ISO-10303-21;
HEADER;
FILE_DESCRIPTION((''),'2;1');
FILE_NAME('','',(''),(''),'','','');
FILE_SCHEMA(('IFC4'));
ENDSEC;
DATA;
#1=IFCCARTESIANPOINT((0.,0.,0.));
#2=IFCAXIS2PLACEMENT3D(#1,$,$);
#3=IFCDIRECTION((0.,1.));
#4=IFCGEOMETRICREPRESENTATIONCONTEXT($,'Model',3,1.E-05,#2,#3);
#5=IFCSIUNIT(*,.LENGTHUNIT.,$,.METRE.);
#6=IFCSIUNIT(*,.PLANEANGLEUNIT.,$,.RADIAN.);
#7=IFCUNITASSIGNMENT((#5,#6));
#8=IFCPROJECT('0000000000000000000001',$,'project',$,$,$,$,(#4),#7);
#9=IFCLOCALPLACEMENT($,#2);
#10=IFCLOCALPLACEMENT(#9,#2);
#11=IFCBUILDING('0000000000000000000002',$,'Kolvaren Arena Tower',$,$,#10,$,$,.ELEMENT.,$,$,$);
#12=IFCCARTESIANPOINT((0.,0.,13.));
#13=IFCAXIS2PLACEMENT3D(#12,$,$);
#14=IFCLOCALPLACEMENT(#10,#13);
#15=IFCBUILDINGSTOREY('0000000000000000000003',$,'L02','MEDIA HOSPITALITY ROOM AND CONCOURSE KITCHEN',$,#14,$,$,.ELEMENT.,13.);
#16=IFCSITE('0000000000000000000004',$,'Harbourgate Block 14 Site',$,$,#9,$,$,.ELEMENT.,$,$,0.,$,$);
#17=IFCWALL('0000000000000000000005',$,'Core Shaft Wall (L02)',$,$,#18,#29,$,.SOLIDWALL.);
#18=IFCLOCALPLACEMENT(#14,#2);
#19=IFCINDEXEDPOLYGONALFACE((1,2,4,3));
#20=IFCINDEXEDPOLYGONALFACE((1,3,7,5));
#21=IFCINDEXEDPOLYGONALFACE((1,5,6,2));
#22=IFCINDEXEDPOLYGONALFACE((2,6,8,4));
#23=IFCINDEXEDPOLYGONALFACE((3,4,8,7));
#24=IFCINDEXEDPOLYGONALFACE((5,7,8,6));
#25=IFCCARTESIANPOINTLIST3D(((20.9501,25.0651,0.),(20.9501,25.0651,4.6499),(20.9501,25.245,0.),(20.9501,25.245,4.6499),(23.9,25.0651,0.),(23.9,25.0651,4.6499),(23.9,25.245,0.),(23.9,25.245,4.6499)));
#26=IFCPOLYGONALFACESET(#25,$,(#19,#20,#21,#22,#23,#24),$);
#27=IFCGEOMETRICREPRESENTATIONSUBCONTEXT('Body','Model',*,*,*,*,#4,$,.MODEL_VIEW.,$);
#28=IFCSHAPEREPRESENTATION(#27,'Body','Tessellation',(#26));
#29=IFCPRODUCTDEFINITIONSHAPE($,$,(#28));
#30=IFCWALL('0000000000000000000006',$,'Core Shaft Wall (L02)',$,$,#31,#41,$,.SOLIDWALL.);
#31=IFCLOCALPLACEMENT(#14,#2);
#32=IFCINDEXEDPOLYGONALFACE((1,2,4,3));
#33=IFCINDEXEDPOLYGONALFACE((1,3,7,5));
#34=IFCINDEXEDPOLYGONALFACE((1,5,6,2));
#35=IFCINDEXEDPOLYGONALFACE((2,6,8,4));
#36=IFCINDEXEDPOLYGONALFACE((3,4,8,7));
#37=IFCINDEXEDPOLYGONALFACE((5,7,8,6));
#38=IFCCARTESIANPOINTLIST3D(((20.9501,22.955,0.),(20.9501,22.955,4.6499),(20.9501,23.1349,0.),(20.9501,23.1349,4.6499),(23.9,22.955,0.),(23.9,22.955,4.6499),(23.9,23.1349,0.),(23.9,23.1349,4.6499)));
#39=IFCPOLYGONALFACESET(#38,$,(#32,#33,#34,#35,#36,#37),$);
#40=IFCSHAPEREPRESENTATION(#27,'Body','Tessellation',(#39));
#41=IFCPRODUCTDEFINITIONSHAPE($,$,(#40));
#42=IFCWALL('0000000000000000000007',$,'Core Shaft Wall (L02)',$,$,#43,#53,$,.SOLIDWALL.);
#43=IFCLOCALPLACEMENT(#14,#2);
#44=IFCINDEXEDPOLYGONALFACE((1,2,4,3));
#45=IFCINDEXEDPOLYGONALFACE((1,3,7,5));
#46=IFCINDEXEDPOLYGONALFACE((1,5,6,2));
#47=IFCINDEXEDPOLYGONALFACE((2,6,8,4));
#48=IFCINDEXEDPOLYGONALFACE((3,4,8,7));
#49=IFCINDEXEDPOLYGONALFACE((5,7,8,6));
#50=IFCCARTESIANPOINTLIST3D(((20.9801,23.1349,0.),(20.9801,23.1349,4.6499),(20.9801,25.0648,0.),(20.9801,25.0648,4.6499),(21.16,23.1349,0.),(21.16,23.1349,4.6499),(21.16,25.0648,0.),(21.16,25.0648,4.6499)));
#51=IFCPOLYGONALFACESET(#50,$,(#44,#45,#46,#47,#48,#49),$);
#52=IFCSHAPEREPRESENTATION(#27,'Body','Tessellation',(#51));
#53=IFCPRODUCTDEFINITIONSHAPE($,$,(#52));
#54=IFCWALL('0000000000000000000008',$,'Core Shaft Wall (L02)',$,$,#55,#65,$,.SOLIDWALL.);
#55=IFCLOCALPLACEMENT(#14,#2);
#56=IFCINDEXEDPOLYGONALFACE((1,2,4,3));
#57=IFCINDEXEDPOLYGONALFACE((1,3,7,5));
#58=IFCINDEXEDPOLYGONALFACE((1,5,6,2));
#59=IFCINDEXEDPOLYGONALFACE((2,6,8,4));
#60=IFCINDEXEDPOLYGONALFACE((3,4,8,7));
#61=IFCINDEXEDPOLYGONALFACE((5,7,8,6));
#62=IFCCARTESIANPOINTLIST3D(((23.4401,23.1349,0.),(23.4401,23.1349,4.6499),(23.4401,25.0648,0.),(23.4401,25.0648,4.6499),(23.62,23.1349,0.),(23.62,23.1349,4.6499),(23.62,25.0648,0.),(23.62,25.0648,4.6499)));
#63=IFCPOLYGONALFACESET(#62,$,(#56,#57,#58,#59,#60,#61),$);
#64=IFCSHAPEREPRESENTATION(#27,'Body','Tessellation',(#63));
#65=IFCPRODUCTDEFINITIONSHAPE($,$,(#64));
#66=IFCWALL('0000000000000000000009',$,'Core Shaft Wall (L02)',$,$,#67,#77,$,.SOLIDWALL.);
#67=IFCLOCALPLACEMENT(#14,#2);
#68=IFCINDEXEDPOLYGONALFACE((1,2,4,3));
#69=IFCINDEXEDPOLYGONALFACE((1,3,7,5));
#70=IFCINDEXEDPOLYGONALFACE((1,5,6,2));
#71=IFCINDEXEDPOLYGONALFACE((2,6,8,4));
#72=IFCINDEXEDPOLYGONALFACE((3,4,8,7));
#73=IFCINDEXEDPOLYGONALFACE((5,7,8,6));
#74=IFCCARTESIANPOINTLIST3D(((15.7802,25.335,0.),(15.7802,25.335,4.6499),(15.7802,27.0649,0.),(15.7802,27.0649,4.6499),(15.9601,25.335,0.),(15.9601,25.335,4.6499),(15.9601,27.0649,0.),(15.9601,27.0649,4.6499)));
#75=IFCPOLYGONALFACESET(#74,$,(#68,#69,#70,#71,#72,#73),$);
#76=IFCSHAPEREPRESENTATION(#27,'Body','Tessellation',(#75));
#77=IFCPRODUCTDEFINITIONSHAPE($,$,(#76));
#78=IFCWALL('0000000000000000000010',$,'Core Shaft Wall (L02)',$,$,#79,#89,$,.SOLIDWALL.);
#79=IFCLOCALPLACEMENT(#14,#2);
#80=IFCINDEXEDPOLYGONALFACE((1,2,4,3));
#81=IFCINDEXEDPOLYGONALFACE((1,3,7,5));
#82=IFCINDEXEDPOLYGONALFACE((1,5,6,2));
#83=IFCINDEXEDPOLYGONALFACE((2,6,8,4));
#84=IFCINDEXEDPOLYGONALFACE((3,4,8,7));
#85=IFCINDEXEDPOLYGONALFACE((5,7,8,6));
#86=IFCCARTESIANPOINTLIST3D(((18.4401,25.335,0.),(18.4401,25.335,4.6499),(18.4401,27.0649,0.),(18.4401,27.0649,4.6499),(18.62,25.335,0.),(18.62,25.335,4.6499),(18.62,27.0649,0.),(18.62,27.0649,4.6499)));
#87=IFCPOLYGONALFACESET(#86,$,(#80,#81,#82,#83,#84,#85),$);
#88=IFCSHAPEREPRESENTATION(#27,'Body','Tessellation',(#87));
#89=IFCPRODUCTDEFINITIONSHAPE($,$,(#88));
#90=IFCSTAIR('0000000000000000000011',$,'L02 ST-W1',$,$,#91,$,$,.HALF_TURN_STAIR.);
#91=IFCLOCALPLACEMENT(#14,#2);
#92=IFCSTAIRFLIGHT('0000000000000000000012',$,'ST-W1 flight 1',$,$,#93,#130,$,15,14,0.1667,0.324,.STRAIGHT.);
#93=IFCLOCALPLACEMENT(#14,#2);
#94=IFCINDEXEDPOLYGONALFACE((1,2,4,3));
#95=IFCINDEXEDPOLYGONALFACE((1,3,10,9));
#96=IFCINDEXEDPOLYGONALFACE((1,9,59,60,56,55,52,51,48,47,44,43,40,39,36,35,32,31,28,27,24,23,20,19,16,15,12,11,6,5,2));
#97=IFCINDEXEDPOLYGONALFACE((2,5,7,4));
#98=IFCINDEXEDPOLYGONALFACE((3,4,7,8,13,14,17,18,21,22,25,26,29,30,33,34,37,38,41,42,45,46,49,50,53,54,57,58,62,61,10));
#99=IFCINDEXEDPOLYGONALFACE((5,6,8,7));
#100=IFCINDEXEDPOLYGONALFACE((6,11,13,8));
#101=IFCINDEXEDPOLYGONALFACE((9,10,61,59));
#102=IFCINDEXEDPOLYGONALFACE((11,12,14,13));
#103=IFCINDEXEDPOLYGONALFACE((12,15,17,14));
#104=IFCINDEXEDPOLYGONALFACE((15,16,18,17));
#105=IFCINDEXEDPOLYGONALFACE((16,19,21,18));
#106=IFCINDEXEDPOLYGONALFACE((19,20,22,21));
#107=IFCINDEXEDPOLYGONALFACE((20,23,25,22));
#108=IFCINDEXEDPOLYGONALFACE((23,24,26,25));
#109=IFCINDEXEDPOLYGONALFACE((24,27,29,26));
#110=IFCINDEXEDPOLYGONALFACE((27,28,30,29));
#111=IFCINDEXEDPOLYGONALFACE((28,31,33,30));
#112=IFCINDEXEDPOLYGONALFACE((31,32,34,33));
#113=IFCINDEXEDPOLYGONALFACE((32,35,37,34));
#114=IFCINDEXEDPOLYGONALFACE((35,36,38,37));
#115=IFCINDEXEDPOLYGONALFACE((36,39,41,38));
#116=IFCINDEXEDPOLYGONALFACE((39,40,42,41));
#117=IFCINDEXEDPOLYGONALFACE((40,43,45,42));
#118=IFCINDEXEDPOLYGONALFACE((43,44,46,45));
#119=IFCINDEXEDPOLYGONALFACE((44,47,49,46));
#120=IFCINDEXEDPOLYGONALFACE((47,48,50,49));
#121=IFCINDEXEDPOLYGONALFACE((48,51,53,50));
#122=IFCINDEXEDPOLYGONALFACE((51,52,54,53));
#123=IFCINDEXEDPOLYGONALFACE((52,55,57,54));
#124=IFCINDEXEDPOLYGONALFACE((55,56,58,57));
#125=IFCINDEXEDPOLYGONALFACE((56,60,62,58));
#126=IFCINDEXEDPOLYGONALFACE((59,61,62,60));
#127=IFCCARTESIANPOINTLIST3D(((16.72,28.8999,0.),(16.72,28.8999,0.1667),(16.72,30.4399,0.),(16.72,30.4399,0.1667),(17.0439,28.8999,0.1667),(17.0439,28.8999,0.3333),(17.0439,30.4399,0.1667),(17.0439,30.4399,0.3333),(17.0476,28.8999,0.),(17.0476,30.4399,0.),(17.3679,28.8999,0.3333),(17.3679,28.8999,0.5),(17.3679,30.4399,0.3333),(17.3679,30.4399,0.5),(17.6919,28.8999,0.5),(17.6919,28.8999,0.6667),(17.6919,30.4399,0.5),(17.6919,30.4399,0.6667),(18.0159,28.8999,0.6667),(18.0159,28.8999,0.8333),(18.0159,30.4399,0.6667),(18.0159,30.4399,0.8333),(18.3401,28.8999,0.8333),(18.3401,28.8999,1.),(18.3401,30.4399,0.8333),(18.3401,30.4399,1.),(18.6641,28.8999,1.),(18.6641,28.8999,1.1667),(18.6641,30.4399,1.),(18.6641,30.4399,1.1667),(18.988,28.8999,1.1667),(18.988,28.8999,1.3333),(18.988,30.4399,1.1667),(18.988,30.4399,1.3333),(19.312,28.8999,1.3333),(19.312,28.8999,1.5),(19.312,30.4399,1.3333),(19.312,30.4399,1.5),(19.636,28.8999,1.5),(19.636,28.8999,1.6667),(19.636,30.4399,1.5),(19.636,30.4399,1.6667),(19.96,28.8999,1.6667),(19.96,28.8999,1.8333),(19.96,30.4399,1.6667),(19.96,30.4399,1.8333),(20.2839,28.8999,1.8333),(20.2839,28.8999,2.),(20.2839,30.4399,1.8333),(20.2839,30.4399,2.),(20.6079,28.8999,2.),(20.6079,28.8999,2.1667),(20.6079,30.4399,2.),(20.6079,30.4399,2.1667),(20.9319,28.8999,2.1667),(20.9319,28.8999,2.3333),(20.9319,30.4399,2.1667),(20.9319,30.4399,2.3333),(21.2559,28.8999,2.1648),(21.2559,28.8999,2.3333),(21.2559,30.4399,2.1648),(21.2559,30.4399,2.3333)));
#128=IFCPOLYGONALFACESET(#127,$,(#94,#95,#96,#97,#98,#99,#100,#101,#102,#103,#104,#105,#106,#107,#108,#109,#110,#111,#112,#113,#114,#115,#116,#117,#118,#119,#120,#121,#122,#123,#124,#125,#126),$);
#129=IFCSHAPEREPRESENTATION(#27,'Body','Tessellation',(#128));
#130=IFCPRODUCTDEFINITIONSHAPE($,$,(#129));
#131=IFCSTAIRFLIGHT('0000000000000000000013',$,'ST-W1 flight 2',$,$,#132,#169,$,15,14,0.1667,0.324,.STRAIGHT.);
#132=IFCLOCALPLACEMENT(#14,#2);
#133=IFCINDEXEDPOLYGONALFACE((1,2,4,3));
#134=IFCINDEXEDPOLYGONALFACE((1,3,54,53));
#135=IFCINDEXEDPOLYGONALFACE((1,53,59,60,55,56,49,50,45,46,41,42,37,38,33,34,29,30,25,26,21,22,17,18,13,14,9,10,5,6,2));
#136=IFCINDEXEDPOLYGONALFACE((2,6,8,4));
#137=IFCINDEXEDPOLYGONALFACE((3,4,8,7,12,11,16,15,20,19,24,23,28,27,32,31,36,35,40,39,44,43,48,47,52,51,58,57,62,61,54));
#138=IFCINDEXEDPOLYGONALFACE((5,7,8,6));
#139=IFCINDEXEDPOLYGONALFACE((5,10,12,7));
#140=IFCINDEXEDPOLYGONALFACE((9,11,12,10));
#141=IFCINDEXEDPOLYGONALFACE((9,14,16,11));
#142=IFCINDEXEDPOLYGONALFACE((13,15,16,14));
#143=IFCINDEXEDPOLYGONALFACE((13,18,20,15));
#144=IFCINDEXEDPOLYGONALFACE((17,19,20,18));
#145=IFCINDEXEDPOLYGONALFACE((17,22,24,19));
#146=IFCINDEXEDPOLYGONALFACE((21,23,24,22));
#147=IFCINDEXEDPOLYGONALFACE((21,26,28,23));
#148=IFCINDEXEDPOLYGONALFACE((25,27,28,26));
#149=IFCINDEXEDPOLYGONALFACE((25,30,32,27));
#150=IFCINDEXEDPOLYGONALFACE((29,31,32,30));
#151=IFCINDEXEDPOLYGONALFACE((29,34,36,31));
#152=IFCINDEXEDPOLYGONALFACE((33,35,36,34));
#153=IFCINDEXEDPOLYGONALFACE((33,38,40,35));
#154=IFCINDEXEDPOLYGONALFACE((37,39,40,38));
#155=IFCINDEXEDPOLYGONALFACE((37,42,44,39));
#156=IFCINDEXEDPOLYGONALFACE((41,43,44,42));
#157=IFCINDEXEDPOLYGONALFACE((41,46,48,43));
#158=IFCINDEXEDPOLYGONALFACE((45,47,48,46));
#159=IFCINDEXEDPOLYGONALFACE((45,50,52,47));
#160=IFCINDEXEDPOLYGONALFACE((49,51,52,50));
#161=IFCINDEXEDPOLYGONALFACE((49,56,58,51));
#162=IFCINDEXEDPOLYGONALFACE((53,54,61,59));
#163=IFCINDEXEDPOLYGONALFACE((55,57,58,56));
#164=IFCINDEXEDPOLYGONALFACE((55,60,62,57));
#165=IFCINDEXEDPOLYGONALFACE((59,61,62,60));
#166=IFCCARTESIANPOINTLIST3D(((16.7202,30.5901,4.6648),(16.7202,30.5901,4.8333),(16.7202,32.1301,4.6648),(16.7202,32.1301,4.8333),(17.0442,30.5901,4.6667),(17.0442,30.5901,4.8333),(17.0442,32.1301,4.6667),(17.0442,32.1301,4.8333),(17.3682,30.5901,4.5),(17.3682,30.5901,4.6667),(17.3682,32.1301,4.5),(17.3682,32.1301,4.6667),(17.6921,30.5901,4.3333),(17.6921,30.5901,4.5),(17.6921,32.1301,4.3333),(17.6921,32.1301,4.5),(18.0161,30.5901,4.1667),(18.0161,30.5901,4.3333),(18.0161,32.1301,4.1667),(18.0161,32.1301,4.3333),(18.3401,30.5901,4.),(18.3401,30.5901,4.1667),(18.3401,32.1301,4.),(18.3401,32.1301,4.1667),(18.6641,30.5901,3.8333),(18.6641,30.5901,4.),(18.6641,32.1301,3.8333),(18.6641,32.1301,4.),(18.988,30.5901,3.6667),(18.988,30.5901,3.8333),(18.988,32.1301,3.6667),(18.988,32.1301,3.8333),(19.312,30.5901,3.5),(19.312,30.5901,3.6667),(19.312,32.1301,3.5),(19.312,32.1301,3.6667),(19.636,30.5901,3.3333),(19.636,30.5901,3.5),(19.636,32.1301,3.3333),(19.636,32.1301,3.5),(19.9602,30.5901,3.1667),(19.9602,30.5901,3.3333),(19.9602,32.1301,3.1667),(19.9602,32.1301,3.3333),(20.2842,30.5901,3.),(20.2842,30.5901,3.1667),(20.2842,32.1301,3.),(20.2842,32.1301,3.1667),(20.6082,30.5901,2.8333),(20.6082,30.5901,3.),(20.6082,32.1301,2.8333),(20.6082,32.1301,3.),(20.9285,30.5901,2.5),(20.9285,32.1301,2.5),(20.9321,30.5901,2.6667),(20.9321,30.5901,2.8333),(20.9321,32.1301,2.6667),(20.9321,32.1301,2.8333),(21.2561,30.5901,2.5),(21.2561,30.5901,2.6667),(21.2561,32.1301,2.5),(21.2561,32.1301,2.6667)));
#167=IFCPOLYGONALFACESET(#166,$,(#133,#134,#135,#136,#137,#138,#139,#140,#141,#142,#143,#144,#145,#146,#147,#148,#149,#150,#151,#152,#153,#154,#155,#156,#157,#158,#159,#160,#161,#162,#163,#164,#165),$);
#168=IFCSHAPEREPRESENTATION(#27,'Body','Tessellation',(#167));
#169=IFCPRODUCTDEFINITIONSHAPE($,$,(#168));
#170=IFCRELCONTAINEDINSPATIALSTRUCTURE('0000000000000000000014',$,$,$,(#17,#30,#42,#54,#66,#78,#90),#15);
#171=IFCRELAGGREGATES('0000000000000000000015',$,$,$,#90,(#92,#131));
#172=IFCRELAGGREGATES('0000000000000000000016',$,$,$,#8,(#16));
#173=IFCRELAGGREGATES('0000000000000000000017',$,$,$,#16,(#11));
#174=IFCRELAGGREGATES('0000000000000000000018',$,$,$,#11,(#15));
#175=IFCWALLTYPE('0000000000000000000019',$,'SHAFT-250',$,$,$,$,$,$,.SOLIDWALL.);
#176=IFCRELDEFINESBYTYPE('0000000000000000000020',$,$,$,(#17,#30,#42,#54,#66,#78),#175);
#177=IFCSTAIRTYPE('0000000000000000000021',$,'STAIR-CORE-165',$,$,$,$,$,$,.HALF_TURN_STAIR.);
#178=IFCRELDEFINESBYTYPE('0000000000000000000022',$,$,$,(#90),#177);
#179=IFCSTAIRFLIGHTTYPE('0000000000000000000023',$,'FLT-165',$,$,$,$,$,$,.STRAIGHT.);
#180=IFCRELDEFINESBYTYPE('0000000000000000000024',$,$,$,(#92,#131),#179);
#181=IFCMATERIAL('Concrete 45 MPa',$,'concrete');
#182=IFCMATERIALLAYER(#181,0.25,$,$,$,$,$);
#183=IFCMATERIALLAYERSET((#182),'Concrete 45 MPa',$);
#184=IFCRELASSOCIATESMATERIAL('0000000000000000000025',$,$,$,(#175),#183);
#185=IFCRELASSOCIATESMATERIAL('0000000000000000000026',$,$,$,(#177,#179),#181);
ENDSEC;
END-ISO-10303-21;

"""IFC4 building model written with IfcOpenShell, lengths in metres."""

from ifc_helpers import new_model, si_unit, direction, frame, frame_2d, origin, place, context, subcontext, project, spatial, polyline, rectangle, outline, extrude, material, layer, layer_set, type_object, element, aggregate, save


model = new_model("IFC4")

# Units and contexts
model_context = context("Model", 3, precision=1e-05, world=origin(), true_north=direction((0.0, 1.0)))
body_context = subcontext(model_context, "Body", "Model", "MODEL_VIEW")
ifc_project = project(units=[si_unit("LENGTHUNIT", "METRE"), si_unit("PLANEANGLEUNIT", "RADIAN")], contexts=[model_context])

# Site, building, storey
site_placement = place(None, origin())
site = spatial("IfcSite", under=ifc_project, at=site_placement, Name="Harbourgate Block 14 Site", CompositionType="ELEMENT", RefElevation=0.0)
building_placement = place(site_placement, origin())
building = spatial("IfcBuilding", under=site, at=building_placement, Name="Kolvaren Arena Tower", CompositionType="ELEMENT")
storey_placement = place(building_placement, frame((0.0, 0.0, 13.0)))
storey = spatial("IfcBuildingStorey", under=building, at=storey_placement, Name="L02", Description="MEDIA HOSPITALITY ROOM AND CONCOURSE KITCHEN", CompositionType="ELEMENT", Elevation=13.0)

# Shared definitions
ifc_material_1 = material(Name="Concrete 45 MPa", Category="concrete")
ifc_layer = layer(ifc_material_1, 0.25)
ifc_layer_set = layer_set([ifc_layer], Name="Concrete 45 MPa")
wall_type = type_object("IfcWallType", Name="SHAFT-250", PredefinedType="SOLIDWALL", material=ifc_layer_set)

# Walls
for number, where, z_axis, x_axis, name in (
    (1, (20.95, 25.155, 0.0), (0.0, 0.0, 1.0), (1.0, 0.0, 0.0), "Core Shaft Wall (L02)"),
    (2, (20.95, 23.0449, 0.0), (0.0, 0.0, 1.0), (1.0, 0.0, 0.0), "Core Shaft Wall (L02)"),
):
    element("IfcWall", number, at=place(storey_placement, frame(where, z_axis=z_axis, x_axis=x_axis)), inside=storey, type_object=wall_type, Name=name, PredefinedType="SOLIDWALL", context=body_context, shape_type="SweptSolid", body=[
        extrude(rectangle(XDim=2.95, YDim=0.1799, at=frame_2d((1.4751, 0.0))), origin(), (0.0, 0.0, 1.0), 4.6499),
    ])
for number, where, z_axis, x_axis, name in (
    (3, (21.0701, 23.135, 0.0), (0.0, 0.0, 1.0), (0.0, 1.0, 0.0), "Core Shaft Wall (L02)"),
    (4, (23.53, 23.135, 0.0), (0.0, 0.0, 1.0), (0.0, 1.0, 0.0), "Core Shaft Wall (L02)"),
):
    element("IfcWall", number, at=place(storey_placement, frame(where, z_axis=z_axis, x_axis=x_axis)), inside=storey, type_object=wall_type, Name=name, PredefinedType="SOLIDWALL", context=body_context, shape_type="SweptSolid", body=[
        extrude(rectangle(XDim=1.9299, YDim=0.1799, at=frame_2d((0.9648, 0.0))), origin(), (0.0, 0.0, 1.0), 4.6499),
    ])
for number, where, z_axis, x_axis, name in (
    (5, (15.8701, 25.335, 0.0), (0.0, 0.0, 1.0), (0.0, 1.0, 0.0), "Core Shaft Wall (L02)"),
    (6, (18.53, 25.335, 0.0), (0.0, 0.0, 1.0), (0.0, 1.0, 0.0), "Core Shaft Wall (L02)"),
):
    element("IfcWall", number, at=place(storey_placement, frame(where, z_axis=z_axis, x_axis=x_axis)), inside=storey, type_object=wall_type, Name=name, PredefinedType="SOLIDWALL", context=body_context, shape_type="SweptSolid", body=[
        extrude(rectangle(XDim=1.73, YDim=0.1799, at=frame_2d((0.865, 0.0))), origin(), (0.0, 0.0, 1.0), 4.6499),
    ])

# Stair, stair flights
stair_type = type_object("IfcStairType", Name="STAIR-CORE-165", PredefinedType="HALF_TURN_STAIR", material=ifc_material_1)
stair_placement = place(storey_placement, origin())
stair = element("IfcStair", 7, at=stair_placement, inside=storey, type_object=stair_type, Name="L02 ST-W1", PredefinedType="HALF_TURN_STAIR")
stair_flight_type = type_object("IfcStairFlightType", Name="FLT-165", PredefinedType="STRAIGHT", material=ifc_material_1)
stair_flight_1_placement = place(storey_placement, frame((16.72, 29.6699, 0.0), z_axis=(0.0, 0.0, 1.0), x_axis=(1.0, 0.0, 0.0)))
stair_flight_1 = element("IfcStairFlight", 8, at=stair_flight_1_placement, type_object=stair_flight_type, Name="ST-W1 flight 1", NumberOfRisers=15, NumberOfTreads=14, PredefinedType="STRAIGHT", RiserHeight=0.1667, TreadLength=0.324, context=body_context, shape_type="SweptSolid", body=[
    extrude(outline(polyline([(0.0, 0.0), (0.0, 0.1667), (0.324, 0.1667), (0.324, 0.3333), (0.6479, 0.3333), (0.6479, 0.5), (0.9719, 0.5), (0.9719, 0.6667), (1.2959, 0.6667), (1.2959, 0.8333), (1.6201, 0.8333), (1.6201, 1.0), (1.9441, 1.0), (1.9441, 1.1667), (2.2681, 1.1667), (2.2681, 1.3333), (2.592, 1.3333), (2.592, 1.5), (2.916, 1.5), (2.916, 1.6667), (3.24, 1.6667), (3.24, 1.8333), (3.564, 1.8333), (3.564, 2.0), (3.8879, 2.0), (3.8879, 2.1667), (4.2119, 2.1667), (4.2119, 2.3333), (4.5359, 2.3333), (4.5359, 2.5), (4.5359, 2.1648), (0.3276, 0.0), (0.0, 0.0)])), frame((0.0, 0.77, 0.0), z_axis=(0.0, -1.0, 0.0), x_axis=(1.0, 0.0, 0.0)), (0.0, 0.0, 1.0), 1.54),
])
stair_flight_2_placement = place(storey_placement, frame((21.2561, 31.3601, 2.5), z_axis=(0.0, 0.0, 1.0), x_axis=(-1.0, 0.0, 0.0)))
stair_flight_2 = element("IfcStairFlight", 9, at=stair_flight_2_placement, type_object=stair_flight_type, Name="ST-W1 flight 2", NumberOfRisers=15, NumberOfTreads=14, PredefinedType="STRAIGHT", RiserHeight=0.1667, TreadLength=0.324, context=body_context, shape_type="SweptSolid", body=[
    extrude(outline(polyline([(0.0, 0.0), (0.0, 0.1667), (0.324, 0.1667), (0.324, 0.3333), (0.6479, 0.3333), (0.6479, 0.5), (0.9719, 0.5), (0.9719, 0.6667), (1.2959, 0.6667), (1.2959, 0.8333), (1.6201, 0.8333), (1.6201, 1.0), (1.9441, 1.0), (1.9441, 1.1667), (2.2681, 1.1667), (2.2681, 1.3333), (2.592, 1.3333), (2.592, 1.5), (2.916, 1.5), (2.916, 1.6667), (3.24, 1.6667), (3.24, 1.8333), (3.564, 1.8333), (3.564, 2.0), (3.8879, 2.0), (3.8879, 2.1667), (4.2119, 2.1667), (4.2119, 2.3333), (4.5359, 2.3333), (4.5359, 2.5), (4.5359, 2.1648), (0.3276, 0.0), (0.0, 0.0)])), frame((0.0, 0.77, 0.0), z_axis=(0.0, -1.0, 0.0), x_axis=(1.0, 0.0, 0.0)), (0.0, 0.0, 1.0), 1.54),
])
aggregate(stair, [stair_flight_1, stair_flight_2])

save(model, "model.ifc")
